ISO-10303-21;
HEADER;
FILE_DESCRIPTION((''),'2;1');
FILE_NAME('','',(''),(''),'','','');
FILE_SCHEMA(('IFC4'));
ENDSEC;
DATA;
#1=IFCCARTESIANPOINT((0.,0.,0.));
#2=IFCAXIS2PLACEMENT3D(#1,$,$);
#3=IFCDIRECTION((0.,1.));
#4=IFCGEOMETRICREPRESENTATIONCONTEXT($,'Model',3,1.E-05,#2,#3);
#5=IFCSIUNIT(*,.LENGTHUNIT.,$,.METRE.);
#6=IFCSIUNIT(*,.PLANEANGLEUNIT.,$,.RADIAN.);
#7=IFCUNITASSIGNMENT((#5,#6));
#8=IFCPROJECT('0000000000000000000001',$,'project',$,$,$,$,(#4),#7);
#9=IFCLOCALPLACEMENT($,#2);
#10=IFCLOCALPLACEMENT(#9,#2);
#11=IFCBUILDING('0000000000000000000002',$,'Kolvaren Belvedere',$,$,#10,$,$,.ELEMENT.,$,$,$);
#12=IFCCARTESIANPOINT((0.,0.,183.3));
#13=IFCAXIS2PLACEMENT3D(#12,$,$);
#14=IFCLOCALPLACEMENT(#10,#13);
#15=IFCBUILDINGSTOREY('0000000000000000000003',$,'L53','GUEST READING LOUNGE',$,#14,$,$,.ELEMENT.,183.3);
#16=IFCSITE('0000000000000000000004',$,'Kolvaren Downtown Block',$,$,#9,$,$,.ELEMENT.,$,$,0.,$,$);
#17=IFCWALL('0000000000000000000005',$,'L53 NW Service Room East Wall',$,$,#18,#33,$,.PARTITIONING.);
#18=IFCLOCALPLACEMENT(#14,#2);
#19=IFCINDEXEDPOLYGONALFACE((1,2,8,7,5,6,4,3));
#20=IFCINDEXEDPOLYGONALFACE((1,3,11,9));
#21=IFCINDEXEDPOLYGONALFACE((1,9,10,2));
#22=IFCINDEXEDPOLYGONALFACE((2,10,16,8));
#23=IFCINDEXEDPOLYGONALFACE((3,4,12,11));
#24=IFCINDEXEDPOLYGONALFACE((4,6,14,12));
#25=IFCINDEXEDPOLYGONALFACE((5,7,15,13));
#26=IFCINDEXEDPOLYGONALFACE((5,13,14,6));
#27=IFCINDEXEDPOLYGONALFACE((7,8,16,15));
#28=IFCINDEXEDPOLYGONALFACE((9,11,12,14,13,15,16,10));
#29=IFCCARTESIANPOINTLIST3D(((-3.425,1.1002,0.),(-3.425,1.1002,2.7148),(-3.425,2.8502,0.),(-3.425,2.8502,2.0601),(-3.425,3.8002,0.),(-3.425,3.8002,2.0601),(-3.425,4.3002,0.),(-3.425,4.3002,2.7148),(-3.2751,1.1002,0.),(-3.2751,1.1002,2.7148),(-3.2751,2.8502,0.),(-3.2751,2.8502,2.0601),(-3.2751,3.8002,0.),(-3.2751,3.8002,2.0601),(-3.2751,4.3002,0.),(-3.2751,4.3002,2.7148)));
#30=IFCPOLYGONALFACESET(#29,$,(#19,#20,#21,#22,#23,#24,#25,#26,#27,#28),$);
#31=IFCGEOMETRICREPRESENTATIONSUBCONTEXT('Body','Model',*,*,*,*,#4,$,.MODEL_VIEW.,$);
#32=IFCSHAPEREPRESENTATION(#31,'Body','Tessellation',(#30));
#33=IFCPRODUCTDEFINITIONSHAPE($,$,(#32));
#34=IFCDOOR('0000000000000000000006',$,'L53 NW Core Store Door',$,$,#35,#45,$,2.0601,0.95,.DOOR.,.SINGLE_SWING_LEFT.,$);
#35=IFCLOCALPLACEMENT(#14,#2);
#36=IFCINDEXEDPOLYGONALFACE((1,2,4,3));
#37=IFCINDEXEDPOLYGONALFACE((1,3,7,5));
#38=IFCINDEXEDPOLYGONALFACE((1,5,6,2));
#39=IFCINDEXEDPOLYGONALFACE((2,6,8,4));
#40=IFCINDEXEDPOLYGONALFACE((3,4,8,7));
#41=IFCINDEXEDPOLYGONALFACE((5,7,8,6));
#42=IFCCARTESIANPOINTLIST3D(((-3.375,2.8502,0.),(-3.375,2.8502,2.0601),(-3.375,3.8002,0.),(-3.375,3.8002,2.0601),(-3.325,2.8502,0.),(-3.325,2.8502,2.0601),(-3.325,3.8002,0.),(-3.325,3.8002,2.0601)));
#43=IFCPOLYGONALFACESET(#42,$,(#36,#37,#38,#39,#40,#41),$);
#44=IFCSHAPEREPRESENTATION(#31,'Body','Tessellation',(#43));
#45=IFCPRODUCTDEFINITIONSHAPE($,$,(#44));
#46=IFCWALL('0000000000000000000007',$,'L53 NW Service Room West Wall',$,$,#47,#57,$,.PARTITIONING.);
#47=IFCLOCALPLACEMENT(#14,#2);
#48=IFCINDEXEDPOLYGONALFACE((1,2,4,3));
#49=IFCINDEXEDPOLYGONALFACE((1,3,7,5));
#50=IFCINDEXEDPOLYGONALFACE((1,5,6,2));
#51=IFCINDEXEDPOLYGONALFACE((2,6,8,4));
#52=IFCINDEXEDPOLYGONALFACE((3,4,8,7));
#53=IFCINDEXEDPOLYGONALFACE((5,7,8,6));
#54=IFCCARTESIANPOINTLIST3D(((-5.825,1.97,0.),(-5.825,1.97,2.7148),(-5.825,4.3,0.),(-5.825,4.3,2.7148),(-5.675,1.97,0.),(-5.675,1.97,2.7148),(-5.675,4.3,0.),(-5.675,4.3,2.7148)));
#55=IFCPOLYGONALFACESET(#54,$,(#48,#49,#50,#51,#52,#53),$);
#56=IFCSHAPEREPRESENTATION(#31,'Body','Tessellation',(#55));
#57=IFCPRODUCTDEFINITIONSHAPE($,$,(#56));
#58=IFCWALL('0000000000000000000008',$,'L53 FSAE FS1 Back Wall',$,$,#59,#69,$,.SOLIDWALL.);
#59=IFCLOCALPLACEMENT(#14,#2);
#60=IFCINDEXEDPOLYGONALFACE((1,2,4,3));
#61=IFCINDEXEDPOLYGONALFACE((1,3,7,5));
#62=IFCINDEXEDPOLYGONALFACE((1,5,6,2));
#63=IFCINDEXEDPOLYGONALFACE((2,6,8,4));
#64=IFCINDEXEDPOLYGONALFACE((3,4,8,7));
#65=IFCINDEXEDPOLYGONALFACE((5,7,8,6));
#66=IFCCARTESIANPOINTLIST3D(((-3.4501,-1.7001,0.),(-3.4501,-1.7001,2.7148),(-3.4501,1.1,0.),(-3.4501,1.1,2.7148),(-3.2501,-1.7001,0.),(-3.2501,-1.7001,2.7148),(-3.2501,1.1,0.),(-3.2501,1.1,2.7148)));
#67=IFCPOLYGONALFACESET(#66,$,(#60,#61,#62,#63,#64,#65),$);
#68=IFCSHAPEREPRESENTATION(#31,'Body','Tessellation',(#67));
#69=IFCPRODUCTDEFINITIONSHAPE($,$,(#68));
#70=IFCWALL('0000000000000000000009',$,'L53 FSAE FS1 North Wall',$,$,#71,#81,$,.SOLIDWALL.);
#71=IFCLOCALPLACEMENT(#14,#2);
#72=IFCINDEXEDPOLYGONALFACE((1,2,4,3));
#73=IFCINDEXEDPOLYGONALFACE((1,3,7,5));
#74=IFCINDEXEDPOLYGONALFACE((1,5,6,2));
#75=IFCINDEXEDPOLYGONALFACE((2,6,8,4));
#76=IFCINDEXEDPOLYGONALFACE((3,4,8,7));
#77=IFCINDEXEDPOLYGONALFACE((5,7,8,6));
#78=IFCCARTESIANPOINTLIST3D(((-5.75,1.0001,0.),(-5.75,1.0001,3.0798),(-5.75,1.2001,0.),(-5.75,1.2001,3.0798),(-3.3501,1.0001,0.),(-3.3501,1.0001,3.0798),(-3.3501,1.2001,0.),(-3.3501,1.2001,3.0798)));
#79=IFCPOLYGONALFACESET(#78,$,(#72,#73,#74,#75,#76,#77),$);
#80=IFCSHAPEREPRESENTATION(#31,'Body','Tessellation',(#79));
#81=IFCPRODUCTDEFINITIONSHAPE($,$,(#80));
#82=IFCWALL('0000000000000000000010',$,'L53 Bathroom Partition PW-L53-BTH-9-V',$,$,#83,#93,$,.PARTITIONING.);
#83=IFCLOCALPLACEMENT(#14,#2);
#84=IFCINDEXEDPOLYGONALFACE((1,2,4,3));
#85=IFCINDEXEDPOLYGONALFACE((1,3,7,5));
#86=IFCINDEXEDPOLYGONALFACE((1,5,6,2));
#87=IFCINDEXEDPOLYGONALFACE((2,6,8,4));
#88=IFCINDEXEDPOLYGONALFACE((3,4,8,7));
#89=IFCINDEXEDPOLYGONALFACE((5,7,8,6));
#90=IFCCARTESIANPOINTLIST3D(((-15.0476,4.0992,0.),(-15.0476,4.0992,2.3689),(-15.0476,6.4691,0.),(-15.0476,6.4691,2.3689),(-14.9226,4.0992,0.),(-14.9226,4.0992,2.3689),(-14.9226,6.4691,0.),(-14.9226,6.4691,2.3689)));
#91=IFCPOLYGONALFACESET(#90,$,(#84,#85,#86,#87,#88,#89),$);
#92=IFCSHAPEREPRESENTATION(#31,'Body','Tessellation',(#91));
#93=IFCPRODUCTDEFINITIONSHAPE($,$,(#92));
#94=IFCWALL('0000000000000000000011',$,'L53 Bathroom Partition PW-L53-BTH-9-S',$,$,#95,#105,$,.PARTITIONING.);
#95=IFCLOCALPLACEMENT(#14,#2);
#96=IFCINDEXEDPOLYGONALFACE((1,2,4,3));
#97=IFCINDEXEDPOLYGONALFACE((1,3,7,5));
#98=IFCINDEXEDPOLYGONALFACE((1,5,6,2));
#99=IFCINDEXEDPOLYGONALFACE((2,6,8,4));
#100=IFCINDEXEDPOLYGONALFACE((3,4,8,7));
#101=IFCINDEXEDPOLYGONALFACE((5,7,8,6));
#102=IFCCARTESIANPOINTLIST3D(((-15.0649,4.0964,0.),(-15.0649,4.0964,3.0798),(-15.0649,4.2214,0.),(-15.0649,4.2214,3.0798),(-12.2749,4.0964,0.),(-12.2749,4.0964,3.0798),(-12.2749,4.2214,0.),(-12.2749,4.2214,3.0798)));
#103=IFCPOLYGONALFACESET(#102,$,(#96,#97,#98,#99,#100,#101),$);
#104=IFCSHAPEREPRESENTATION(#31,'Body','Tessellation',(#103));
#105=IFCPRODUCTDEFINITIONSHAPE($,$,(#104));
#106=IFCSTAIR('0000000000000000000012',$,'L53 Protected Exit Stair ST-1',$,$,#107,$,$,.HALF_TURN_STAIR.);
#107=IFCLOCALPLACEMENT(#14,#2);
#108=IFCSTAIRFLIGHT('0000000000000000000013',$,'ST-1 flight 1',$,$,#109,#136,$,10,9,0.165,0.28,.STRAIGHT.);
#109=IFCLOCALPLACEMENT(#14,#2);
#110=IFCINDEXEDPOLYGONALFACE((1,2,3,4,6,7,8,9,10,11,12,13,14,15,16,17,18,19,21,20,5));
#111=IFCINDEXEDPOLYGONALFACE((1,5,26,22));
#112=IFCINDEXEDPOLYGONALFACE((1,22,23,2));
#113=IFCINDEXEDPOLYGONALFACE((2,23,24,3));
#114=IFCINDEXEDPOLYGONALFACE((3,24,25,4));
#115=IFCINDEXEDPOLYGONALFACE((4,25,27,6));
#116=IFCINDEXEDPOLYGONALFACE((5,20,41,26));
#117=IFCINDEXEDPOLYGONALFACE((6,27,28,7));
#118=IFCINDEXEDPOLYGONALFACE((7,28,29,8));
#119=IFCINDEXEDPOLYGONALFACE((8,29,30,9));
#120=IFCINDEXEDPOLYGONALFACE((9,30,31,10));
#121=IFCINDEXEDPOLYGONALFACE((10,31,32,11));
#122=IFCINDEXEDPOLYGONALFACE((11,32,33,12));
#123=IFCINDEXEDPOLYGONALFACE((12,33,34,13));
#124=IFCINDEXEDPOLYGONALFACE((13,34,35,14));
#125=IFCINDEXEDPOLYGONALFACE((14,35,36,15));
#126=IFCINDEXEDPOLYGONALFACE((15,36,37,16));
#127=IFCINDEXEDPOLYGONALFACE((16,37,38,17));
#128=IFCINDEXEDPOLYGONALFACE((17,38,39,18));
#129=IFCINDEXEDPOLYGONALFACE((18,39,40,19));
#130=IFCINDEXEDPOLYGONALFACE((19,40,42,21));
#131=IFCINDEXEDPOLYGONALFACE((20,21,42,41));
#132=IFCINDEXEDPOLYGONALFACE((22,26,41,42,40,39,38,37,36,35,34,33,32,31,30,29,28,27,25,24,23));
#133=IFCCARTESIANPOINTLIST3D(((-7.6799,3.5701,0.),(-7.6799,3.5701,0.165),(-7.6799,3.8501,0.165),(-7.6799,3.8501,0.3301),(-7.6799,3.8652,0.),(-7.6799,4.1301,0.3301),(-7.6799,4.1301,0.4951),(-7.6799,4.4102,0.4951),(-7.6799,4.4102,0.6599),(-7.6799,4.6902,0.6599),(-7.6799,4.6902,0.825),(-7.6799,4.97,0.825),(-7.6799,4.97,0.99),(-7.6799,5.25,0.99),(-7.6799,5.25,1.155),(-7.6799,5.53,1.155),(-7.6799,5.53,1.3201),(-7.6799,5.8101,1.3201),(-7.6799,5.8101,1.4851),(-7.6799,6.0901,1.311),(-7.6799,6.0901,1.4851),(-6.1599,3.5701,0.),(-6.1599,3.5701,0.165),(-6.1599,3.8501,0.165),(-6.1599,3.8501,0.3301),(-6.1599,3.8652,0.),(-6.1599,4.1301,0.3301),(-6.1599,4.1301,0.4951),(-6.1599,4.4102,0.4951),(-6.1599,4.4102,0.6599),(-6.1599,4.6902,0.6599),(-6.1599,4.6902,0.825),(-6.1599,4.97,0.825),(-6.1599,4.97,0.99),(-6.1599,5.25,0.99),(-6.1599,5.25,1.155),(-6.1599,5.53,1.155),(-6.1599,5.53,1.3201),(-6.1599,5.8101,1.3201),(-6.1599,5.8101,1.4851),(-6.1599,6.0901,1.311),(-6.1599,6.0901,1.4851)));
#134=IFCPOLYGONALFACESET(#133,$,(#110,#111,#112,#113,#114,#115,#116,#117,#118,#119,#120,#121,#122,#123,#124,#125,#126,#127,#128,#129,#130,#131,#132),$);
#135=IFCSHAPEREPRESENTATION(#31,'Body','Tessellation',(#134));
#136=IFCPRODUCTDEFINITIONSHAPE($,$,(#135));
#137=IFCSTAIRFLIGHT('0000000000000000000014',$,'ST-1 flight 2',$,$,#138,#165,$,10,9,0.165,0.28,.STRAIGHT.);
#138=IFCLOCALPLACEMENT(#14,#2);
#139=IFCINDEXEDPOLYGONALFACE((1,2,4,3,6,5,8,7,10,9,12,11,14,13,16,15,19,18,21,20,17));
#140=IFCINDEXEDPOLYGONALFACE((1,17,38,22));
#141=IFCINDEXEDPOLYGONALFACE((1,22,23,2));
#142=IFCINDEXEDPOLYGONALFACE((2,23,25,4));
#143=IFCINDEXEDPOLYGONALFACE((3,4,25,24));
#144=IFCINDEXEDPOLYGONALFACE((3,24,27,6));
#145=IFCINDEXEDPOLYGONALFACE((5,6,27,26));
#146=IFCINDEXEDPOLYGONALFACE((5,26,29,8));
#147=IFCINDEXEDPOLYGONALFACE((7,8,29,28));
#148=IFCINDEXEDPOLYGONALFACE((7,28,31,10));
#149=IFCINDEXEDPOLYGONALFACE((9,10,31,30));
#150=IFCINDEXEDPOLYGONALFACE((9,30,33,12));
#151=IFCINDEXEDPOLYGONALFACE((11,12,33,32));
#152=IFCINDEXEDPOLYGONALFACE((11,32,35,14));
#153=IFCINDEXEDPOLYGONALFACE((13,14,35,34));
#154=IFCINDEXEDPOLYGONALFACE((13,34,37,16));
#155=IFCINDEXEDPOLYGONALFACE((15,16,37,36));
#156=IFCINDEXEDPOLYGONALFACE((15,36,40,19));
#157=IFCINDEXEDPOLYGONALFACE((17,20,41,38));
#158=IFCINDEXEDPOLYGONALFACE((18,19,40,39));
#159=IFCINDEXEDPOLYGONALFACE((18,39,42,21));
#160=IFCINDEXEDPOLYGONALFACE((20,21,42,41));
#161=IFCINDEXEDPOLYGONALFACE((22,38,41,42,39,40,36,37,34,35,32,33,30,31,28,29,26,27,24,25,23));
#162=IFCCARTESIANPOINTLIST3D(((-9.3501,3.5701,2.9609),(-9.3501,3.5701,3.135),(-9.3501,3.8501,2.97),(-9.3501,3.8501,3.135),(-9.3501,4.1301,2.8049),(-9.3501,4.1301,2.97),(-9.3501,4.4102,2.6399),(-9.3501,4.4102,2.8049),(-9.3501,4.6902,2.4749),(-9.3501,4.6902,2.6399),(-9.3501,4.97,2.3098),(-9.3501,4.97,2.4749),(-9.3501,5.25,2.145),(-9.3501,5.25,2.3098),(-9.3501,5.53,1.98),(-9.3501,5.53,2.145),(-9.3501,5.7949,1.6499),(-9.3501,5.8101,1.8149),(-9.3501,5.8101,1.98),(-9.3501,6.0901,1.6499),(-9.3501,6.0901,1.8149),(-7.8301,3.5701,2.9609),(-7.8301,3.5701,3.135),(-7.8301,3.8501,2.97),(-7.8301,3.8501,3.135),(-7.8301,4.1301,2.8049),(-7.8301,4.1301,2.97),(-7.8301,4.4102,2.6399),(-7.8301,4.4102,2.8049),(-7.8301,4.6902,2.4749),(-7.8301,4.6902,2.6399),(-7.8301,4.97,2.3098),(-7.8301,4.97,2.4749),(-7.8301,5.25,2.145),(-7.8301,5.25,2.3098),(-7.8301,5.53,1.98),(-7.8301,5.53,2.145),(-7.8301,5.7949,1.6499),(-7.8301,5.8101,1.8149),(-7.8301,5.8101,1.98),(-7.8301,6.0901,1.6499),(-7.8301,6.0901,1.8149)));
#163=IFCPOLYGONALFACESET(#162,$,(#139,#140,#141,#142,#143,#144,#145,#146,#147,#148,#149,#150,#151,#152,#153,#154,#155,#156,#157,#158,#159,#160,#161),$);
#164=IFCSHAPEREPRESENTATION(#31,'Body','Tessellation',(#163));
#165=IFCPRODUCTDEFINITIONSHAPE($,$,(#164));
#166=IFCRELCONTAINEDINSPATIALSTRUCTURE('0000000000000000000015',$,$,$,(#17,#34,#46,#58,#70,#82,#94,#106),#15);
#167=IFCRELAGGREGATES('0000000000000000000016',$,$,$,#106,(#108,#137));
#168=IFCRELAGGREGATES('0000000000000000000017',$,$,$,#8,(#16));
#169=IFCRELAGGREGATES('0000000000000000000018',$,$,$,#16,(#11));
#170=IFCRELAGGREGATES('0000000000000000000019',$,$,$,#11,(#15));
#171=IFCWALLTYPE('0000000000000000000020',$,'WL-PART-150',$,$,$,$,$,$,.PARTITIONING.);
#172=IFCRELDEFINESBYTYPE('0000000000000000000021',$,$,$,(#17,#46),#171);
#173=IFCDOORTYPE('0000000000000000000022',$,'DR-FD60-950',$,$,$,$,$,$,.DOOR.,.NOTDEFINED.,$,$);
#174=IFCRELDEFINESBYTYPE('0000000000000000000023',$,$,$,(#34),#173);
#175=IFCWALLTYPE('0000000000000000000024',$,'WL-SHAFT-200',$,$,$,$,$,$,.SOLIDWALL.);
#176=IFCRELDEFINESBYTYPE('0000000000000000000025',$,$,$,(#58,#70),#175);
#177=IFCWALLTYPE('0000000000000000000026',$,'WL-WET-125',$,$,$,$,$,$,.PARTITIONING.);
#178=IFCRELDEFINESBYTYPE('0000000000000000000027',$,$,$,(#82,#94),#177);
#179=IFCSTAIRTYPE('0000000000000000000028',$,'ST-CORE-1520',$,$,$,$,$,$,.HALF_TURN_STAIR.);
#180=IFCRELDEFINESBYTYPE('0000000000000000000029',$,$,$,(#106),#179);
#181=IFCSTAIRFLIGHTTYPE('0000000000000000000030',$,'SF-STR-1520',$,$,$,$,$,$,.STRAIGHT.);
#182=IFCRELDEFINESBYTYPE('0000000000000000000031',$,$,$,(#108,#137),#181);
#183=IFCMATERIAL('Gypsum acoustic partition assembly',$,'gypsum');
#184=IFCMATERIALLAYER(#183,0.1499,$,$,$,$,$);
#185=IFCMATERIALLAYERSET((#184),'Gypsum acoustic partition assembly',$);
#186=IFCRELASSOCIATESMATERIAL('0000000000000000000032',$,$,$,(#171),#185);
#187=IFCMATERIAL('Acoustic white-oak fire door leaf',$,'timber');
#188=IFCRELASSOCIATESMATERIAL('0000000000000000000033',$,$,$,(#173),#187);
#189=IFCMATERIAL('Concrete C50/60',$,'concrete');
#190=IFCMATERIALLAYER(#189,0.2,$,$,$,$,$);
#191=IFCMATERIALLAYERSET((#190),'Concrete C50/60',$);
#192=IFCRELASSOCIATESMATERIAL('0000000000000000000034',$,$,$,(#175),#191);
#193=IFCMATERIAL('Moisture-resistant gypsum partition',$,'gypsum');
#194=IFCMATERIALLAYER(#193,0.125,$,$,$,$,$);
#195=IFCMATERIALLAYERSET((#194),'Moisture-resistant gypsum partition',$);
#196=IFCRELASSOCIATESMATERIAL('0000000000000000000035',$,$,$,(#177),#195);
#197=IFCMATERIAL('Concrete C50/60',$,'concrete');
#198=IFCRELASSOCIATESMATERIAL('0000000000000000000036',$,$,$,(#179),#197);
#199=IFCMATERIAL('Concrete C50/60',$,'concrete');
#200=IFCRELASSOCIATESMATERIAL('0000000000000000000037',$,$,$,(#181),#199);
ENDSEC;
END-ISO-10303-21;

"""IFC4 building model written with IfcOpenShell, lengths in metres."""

from ifc_helpers import new_model, si_unit, direction, frame, frame_2d, origin, place, context, subcontext, project, spatial, polyline, rectangle, outline, extrude, material, layer, layer_set, type_object, element, fill, aggregate, save


model = new_model("IFC4")

# Units and contexts
model_context = context("Model", 3, precision=1e-05, world=origin(), true_north=direction((0.0, 1.0)))
body_context = subcontext(model_context, "Body", "Model", "MODEL_VIEW")
ifc_project = project(units=[si_unit("LENGTHUNIT", "METRE"), si_unit("PLANEANGLEUNIT", "RADIAN")], contexts=[model_context])

# Site, building, storey
site_placement = place(None, origin())
site = spatial("IfcSite", under=ifc_project, at=site_placement, Name="Kolvaren Downtown Block", CompositionType="ELEMENT", RefElevation=0.0)
building_placement = place(site_placement, origin())
building = spatial("IfcBuilding", under=site, at=building_placement, Name="Kolvaren Belvedere", CompositionType="ELEMENT")
storey_placement = place(building_placement, frame((0.0, 0.0, 183.3)))
storey = spatial("IfcBuildingStorey", under=building, at=storey_placement, Name="L53", Description="GUEST READING LOUNGE", CompositionType="ELEMENT", Elevation=183.3)

# Shared definitions
ifc_material_1 = material(Name="Gypsum acoustic partition assembly", Category="gypsum")
ifc_layer_1 = layer(ifc_material_1, 0.1499)
ifc_layer_set_1 = layer_set([ifc_layer_1], Name="Gypsum acoustic partition assembly")
wall_type_1 = type_object("IfcWallType", Name="WL-PART-150", PredefinedType="PARTITIONING", material=ifc_layer_set_1)

# Wall, opening, door
wall_1_placement = place(storey_placement, frame((-3.3501, 1.1001, 0.0), z_axis=(0.0, 0.0, 1.0), x_axis=(0.0, 1.0, 0.0)))
wall_1 = element("IfcWall", 1, at=wall_1_placement, inside=storey, type_object=wall_type_1, Name="L53 NW Service Room East Wall", PredefinedType="PARTITIONING", context=body_context, shape_type="SweptSolid", body=[
    extrude(rectangle(XDim=3.2, YDim=0.1499, at=frame_2d((1.6001, 0.0))), origin(), (0.0, 0.0, 1.0), 2.7148),
])
opening_1_placement = place(wall_1_placement, frame((1.75, 0.0, 0.0)))
opening_1 = element("IfcOpeningElement", 2, at=opening_1_placement, cuts=wall_1, PredefinedType="OPENING", context=body_context, shape_type="SweptSolid", body=[
    extrude(rectangle(XDim=0.95, YDim=2.0601, at=frame_2d((0.4751, 1.03))), frame((0.0, 0.085, 0.0), z_axis=(0.0, -1.0, 0.0), x_axis=(1.0, 0.0, 0.0)), (0.0, 0.0, 1.0), 0.1699),
])
ifc_material_2 = material(Name="Acoustic white-oak fire door leaf", Category="timber")
door_type_1 = type_object("IfcDoorType", Name="DR-FD60-950", OperationType="NOTDEFINED", PredefinedType="DOOR", material=ifc_material_2)
door_1_placement = place(opening_1_placement, origin())
door_1 = element("IfcDoor", 3, at=door_1_placement, inside=storey, type_object=door_type_1, Name="L53 NW Core Store Door", OperationType="SINGLE_SWING_LEFT", OverallHeight=2.0601, OverallWidth=0.95, PredefinedType="DOOR", context=body_context, shape_type="SweptSolid", body=[
    extrude(rectangle(XDim=0.95, YDim=2.0601, at=frame_2d((0.4751, 1.03))), frame((0.0, 0.0249, 0.0), z_axis=(0.0, -1.0, 0.0), x_axis=(1.0, 0.0, 0.0)), (0.0, 0.0, 1.0), 0.05),
])
fill(opening_1, door_1)

# Walls
wall_2_placement = place(storey_placement, frame((-5.75, 1.97, 0.0), z_axis=(0.0, 0.0, 1.0), x_axis=(0.0, 1.0, 0.0)))
element("IfcWall", 4, at=wall_2_placement, inside=storey, type_object=wall_type_1, Name="L53 NW Service Room West Wall", PredefinedType="PARTITIONING", context=body_context, shape_type="SweptSolid", body=[
    extrude(rectangle(XDim=2.3301, YDim=0.1499, at=frame_2d((1.165, 0.0))), origin(), (0.0, 0.0, 1.0), 2.7148),
])
ifc_material_3 = material(Name="Concrete C50/60", Category="concrete")
ifc_layer_2 = layer(ifc_material_3, 0.2)
ifc_layer_set_2 = layer_set([ifc_layer_2], Name="Concrete C50/60")
wall_type_2 = type_object("IfcWallType", Name="WL-SHAFT-200", PredefinedType="SOLIDWALL", material=ifc_layer_set_2)
wall_3_placement = place(storey_placement, frame((-3.3501, -1.7, 0.0), z_axis=(0.0, 0.0, 1.0), x_axis=(0.0, 1.0, 0.0)))
element("IfcWall", 5, at=wall_3_placement, inside=storey, type_object=wall_type_2, Name="L53 FSAE FS1 Back Wall", PredefinedType="SOLIDWALL", context=body_context, shape_type="SweptSolid", body=[
    extrude(rectangle(XDim=2.8, YDim=0.2, at=frame_2d((1.3999, 0.0))), origin(), (0.0, 0.0, 1.0), 2.7148),
])
wall_4_placement = place(storey_placement, frame((-5.75, 1.1001, 0.0), z_axis=(0.0, 0.0, 1.0), x_axis=(1.0, 0.0, 0.0)))
element("IfcWall", 6, at=wall_4_placement, inside=storey, type_object=wall_type_2, Name="L53 FSAE FS1 North Wall", PredefinedType="SOLIDWALL", context=body_context, shape_type="SweptSolid", body=[
    extrude(rectangle(XDim=2.3999, YDim=0.2, at=frame_2d((1.2, 0.0))), origin(), (0.0, 0.0, 1.0), 3.0798),
])
ifc_material_4 = material(Name="Moisture-resistant gypsum partition", Category="gypsum")
ifc_layer_3 = layer(ifc_material_4, 0.125)
ifc_layer_set_3 = layer_set([ifc_layer_3], Name="Moisture-resistant gypsum partition")
wall_type_3 = type_object("IfcWallType", Name="WL-WET-125", PredefinedType="PARTITIONING", material=ifc_layer_set_3)
wall_5_placement = place(storey_placement, frame((-14.9851, 4.0991, 0.0), z_axis=(0.0, 0.0, 1.0), x_axis=(0.0, 1.0, 0.0)))
element("IfcWall", 7, at=wall_5_placement, inside=storey, type_object=wall_type_3, Name="L53 Bathroom Partition PW-L53-BTH-9-V", PredefinedType="PARTITIONING", context=body_context, shape_type="SweptSolid", body=[
    extrude(rectangle(XDim=2.3699, YDim=0.125, at=frame_2d((1.1851, 0.0))), origin(), (0.0, 0.0, 1.0), 2.3689),
])
wall_6_placement = place(storey_placement, frame((-15.0649, 4.1589, 0.0), z_axis=(0.0, 0.0, 1.0), x_axis=(1.0, 0.0, 0.0)))
element("IfcWall", 8, at=wall_6_placement, inside=storey, type_object=wall_type_3, Name="L53 Bathroom Partition PW-L53-BTH-9-S", PredefinedType="PARTITIONING", context=body_context, shape_type="SweptSolid", body=[
    extrude(rectangle(XDim=2.79, YDim=0.125, at=frame_2d((1.395, 0.0))), origin(), (0.0, 0.0, 1.0), 3.0798),
])

# Stair, stair flights
ifc_material_5 = material(Name="Concrete C50/60", Category="concrete")
stair_type = type_object("IfcStairType", Name="ST-CORE-1520", PredefinedType="HALF_TURN_STAIR", material=ifc_material_5)
stair_placement = place(storey_placement, origin())
stair = element("IfcStair", 9, at=stair_placement, inside=storey, type_object=stair_type, Name="L53 Protected Exit Stair ST-1", PredefinedType="HALF_TURN_STAIR")
ifc_material_6 = material(Name="Concrete C50/60", Category="concrete")
stair_flight_type = type_object("IfcStairFlightType", Name="SF-STR-1520", PredefinedType="STRAIGHT", material=ifc_material_6)
stair_flight_1_placement = place(storey_placement, frame((-6.9199, 3.5701, 0.0), z_axis=(0.0, 0.0, 1.0), x_axis=(0.0, 1.0, 0.0)))
stair_flight_1 = element("IfcStairFlight", 10, at=stair_flight_1_placement, type_object=stair_flight_type, Name="ST-1 flight 1", NumberOfRisers=10, NumberOfTreads=9, PredefinedType="STRAIGHT", RiserHeight=0.165, TreadLength=0.28, context=body_context, shape_type="SweptSolid", body=[
    extrude(outline(polyline([(0.0, 0.0), (0.0, 0.165), (0.28, 0.165), (0.28, 0.3301), (0.5601, 0.3301), (0.5601, 0.4951), (0.8401, 0.4951), (0.8401, 0.6599), (1.1201, 0.6599), (1.1201, 0.825), (1.3999, 0.825), (1.3999, 0.99), (1.6799, 0.99), (1.6799, 1.155), (1.96, 1.155), (1.96, 1.3201), (2.24, 1.3201), (2.24, 1.4851), (2.52, 1.4851), (2.52, 1.6499), (2.52, 1.311), (0.2952, 0.0), (0.0, 0.0)])), frame((0.0, 0.76, 0.0), z_axis=(0.0, -1.0, 0.0), x_axis=(1.0, 0.0, 0.0)), (0.0, 0.0, 1.0), 1.52),
])
stair_flight_2_placement = place(storey_placement, frame((-8.5901, 6.0901, 1.6499), z_axis=(0.0, 0.0, 1.0), x_axis=(0.0, -1.0, 0.0)))
stair_flight_2 = element("IfcStairFlight", 11, at=stair_flight_2_placement, type_object=stair_flight_type, Name="ST-1 flight 2", NumberOfRisers=10, NumberOfTreads=9, PredefinedType="STRAIGHT", RiserHeight=0.165, TreadLength=0.28, context=body_context, shape_type="SweptSolid", body=[
    extrude(outline(polyline([(0.0, 0.0), (0.0, 0.165), (0.28, 0.165), (0.28, 0.3301), (0.5601, 0.3301), (0.5601, 0.4951), (0.8401, 0.4951), (0.8401, 0.6599), (1.1201, 0.6599), (1.1201, 0.825), (1.3999, 0.825), (1.3999, 0.99), (1.6799, 0.99), (1.6799, 1.155), (1.96, 1.155), (1.96, 1.3201), (2.24, 1.3201), (2.24, 1.4851), (2.52, 1.4851), (2.52, 1.6499), (2.52, 1.311), (0.2952, 0.0), (0.0, 0.0)])), frame((0.0, 0.76, 0.0), z_axis=(0.0, -1.0, 0.0), x_axis=(1.0, 0.0, 0.0)), (0.0, 0.0, 1.0), 1.52),
])
aggregate(stair, [stair_flight_1, stair_flight_2])

save(model, "model.ifc")
